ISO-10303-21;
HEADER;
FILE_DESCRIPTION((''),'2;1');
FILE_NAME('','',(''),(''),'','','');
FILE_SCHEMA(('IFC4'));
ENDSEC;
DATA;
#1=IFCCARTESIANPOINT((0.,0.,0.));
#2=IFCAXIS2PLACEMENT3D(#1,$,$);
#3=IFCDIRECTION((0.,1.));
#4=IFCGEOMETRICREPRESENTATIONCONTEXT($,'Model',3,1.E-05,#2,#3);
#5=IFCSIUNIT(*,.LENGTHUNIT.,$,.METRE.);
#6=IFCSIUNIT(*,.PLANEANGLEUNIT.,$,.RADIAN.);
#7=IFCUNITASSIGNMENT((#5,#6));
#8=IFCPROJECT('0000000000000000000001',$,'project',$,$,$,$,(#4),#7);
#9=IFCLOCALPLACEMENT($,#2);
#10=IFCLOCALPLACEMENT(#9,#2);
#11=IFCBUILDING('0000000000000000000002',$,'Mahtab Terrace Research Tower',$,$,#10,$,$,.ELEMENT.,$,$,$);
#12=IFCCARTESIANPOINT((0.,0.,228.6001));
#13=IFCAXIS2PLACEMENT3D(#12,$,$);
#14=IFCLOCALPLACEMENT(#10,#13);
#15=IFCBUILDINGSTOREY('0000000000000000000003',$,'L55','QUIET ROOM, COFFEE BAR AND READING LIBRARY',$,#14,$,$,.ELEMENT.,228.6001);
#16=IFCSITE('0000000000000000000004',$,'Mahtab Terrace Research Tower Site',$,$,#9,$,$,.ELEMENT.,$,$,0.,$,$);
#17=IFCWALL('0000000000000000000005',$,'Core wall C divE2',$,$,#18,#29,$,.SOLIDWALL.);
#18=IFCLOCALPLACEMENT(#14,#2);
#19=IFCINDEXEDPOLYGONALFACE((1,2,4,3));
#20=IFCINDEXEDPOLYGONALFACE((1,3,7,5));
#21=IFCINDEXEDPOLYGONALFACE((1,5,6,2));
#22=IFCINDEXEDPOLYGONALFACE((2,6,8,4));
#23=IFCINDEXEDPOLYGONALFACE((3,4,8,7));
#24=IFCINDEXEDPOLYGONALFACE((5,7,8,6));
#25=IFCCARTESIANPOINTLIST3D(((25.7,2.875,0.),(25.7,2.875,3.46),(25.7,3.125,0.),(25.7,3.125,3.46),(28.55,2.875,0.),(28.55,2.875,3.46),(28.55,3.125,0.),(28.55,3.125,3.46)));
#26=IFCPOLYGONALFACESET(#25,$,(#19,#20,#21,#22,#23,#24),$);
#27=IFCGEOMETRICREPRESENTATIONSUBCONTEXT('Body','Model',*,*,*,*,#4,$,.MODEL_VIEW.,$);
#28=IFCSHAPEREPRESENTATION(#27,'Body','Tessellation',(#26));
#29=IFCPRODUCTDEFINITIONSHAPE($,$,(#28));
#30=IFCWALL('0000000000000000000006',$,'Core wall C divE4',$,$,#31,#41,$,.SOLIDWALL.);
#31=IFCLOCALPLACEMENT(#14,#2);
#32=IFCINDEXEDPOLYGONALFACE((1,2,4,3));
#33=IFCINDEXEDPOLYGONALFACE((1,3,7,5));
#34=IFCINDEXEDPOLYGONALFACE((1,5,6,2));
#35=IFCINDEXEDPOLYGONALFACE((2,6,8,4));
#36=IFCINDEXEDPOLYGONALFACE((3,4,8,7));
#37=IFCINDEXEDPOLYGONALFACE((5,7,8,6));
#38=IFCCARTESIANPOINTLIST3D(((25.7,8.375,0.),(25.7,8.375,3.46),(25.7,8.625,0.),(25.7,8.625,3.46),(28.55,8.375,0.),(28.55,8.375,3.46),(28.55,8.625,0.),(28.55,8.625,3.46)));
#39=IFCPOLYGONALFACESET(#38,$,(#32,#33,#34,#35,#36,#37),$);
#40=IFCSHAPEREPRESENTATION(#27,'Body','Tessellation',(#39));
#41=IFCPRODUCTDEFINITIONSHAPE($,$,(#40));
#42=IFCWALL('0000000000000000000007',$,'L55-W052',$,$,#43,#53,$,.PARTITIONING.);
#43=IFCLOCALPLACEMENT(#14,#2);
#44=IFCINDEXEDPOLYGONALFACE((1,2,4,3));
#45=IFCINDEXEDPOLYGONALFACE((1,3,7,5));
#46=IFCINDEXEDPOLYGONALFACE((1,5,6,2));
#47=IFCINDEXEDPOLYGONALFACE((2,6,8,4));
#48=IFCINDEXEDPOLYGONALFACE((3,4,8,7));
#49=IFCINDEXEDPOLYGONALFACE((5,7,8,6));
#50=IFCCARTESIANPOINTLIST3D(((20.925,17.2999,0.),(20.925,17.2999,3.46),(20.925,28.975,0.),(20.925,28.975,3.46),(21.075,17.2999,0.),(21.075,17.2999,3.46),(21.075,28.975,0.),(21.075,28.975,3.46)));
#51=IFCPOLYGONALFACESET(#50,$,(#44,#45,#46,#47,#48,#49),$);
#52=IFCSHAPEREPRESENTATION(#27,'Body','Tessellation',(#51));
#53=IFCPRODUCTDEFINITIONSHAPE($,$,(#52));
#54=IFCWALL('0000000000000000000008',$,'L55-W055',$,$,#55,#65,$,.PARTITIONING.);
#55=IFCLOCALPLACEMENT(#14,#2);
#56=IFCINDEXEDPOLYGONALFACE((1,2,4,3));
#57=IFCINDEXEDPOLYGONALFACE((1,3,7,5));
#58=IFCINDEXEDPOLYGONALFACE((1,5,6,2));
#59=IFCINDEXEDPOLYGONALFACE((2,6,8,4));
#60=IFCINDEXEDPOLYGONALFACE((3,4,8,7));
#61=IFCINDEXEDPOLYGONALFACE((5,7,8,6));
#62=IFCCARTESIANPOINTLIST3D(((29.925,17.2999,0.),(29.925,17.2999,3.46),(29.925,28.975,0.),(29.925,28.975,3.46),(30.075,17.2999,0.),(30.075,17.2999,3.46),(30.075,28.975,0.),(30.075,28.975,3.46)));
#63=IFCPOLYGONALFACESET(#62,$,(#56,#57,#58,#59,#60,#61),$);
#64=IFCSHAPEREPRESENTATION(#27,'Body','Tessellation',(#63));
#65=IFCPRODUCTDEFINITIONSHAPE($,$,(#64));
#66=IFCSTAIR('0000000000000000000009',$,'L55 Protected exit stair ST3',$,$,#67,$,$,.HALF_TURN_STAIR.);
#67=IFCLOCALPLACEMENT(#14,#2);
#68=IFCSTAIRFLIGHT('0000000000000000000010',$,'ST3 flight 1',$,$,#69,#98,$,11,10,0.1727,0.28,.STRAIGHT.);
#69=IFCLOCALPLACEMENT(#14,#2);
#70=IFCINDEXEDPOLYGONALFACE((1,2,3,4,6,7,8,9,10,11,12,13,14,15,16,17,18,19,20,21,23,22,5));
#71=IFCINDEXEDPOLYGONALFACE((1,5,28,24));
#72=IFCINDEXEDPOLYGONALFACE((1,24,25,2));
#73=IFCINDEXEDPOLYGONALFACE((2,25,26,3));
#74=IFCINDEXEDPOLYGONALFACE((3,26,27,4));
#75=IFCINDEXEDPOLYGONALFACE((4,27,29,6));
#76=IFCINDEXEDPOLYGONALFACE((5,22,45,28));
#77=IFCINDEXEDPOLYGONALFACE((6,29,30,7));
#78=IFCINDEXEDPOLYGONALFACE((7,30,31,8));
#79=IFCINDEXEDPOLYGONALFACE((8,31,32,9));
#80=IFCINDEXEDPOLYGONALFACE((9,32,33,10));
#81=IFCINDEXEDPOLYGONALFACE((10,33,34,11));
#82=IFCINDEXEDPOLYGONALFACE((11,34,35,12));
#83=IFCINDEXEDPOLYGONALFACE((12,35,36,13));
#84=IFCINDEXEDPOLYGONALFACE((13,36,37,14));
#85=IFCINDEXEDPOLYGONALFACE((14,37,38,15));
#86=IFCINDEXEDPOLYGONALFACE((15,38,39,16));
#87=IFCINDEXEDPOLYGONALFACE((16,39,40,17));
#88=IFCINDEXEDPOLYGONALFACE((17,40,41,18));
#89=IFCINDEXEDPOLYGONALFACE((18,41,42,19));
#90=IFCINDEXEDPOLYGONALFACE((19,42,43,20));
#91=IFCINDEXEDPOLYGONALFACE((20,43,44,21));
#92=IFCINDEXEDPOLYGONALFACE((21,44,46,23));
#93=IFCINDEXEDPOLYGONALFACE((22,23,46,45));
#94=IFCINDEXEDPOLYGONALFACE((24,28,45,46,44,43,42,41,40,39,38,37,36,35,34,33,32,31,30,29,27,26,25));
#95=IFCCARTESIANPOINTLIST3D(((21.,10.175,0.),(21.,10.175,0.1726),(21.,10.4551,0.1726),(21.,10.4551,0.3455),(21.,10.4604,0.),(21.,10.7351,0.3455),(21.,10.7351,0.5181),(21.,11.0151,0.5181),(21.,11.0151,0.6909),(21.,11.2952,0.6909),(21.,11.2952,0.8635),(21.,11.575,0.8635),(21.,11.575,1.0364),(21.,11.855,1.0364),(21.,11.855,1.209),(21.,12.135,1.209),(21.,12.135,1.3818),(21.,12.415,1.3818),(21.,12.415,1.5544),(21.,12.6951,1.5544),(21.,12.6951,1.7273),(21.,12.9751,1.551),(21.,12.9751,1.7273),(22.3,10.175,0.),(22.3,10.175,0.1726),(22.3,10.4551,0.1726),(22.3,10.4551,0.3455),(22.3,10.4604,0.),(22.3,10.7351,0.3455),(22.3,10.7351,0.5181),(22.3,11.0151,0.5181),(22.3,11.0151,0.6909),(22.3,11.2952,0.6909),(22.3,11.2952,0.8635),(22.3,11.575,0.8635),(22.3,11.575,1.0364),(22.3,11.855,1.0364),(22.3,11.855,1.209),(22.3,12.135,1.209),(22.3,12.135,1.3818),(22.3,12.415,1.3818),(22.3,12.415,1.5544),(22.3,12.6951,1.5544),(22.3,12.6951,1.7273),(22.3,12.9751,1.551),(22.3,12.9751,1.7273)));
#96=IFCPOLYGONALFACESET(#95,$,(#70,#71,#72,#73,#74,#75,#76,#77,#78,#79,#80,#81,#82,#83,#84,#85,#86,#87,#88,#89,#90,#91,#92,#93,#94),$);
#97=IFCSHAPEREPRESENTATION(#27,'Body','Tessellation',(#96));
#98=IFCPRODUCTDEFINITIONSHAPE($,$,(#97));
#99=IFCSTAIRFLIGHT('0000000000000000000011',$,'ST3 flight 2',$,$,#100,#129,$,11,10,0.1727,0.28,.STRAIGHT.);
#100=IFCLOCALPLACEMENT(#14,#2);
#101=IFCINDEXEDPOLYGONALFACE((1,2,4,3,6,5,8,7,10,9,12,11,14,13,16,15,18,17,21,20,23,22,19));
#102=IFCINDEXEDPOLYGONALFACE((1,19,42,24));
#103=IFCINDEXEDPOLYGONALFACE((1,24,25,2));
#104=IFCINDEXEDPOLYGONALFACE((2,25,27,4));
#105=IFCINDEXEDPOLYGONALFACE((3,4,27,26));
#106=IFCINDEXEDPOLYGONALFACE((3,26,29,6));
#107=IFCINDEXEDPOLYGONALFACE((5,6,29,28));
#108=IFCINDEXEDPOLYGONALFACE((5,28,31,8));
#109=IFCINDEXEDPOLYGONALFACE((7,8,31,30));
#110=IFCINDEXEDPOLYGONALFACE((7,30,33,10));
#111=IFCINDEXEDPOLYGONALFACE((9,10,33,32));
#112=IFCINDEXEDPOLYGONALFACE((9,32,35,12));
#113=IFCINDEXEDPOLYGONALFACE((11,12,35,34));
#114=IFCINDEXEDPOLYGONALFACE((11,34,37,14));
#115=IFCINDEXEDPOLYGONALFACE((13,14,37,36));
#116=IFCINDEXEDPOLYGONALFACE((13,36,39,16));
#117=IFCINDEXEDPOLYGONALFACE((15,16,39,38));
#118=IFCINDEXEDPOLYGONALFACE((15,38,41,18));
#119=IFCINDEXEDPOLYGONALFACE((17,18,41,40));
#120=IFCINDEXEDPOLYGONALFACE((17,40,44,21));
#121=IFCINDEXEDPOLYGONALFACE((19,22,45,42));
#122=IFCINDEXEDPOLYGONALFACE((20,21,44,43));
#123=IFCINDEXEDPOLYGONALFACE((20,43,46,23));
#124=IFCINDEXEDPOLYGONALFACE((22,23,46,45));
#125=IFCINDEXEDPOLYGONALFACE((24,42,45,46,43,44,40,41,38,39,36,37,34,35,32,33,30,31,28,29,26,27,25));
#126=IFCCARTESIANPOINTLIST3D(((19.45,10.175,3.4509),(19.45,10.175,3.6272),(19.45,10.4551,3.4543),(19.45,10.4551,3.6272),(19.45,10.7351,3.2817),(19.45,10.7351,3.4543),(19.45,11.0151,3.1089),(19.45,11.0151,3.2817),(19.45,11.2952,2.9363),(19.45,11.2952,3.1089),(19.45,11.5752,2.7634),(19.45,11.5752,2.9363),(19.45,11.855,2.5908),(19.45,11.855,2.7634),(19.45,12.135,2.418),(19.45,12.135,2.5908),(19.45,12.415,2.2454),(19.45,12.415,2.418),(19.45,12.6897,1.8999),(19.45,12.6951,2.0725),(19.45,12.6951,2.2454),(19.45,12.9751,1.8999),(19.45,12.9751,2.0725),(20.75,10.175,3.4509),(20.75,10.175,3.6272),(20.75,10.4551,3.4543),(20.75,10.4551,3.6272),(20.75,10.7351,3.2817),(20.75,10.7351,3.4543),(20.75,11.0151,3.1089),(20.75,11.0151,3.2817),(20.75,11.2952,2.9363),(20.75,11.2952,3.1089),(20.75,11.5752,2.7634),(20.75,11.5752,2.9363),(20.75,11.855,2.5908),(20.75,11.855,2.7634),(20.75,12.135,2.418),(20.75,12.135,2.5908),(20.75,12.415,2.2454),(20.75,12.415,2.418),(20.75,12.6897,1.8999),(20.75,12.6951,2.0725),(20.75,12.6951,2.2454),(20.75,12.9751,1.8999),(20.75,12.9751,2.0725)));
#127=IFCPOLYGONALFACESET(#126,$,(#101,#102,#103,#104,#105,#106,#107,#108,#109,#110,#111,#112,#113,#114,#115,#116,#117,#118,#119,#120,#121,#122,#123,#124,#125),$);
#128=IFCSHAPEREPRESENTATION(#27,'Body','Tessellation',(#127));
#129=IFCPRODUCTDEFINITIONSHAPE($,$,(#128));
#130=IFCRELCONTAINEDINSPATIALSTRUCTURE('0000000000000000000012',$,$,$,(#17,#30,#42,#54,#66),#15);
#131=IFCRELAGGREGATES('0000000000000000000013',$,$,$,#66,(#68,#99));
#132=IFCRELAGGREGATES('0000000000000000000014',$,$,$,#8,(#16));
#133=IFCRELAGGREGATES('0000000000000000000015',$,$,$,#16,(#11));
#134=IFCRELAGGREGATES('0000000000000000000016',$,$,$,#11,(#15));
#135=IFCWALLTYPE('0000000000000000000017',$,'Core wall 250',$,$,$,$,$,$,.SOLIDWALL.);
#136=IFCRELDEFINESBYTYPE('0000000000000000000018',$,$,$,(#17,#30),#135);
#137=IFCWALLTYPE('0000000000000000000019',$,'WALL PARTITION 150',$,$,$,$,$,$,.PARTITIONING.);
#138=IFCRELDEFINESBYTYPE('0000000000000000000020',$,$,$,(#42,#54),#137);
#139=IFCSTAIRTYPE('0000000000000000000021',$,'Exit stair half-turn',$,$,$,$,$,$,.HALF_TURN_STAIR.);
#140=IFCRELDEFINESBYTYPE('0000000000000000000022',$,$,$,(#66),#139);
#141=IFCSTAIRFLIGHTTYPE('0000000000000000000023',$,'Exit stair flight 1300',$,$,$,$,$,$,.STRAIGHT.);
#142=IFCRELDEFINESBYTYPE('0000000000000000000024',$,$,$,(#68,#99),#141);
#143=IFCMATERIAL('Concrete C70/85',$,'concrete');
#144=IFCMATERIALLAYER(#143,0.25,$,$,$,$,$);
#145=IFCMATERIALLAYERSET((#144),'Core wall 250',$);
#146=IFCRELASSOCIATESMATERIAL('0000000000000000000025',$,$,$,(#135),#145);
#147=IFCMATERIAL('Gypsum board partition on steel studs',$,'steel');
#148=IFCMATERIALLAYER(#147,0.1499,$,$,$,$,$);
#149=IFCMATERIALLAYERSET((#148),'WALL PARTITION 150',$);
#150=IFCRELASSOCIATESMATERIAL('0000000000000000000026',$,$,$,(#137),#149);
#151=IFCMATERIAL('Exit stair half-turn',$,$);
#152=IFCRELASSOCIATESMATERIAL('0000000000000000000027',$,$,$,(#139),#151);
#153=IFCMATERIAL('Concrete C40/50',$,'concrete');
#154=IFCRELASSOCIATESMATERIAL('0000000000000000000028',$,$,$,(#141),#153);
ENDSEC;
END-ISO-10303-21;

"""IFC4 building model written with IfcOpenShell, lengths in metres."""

from ifc_helpers import new_model, si_unit, direction, frame, frame_2d, origin, place, context, subcontext, project, spatial, polyline, rectangle, outline, extrude, material, layer, layer_set, type_object, element, aggregate, save


model = new_model("IFC4")

# Units and contexts
model_context = context("Model", 3, precision=1e-05, world=origin(), true_north=direction((0.0, 1.0)))
body_context = subcontext(model_context, "Body", "Model", "MODEL_VIEW")
ifc_project = project(units=[si_unit("LENGTHUNIT", "METRE"), si_unit("PLANEANGLEUNIT", "RADIAN")], contexts=[model_context])

# Site, building, storey
site_placement = place(None, origin())
site = spatial("IfcSite", under=ifc_project, at=site_placement, Name="Mahtab Terrace Research Tower Site", CompositionType="ELEMENT", RefElevation=0.0)
building_placement = place(site_placement, origin())
building = spatial("IfcBuilding", under=site, at=building_placement, Name="Mahtab Terrace Research Tower", CompositionType="ELEMENT")
storey_placement = place(building_placement, frame((0.0, 0.0, 228.6001)))
storey = spatial("IfcBuildingStorey", under=building, at=storey_placement, Name="L55", Description="QUIET ROOM, COFFEE BAR AND READING LIBRARY", CompositionType="ELEMENT", Elevation=228.6001)

# Shared definitions
ifc_material_1 = material(Name="Concrete C70/85", Category="concrete")

# Shared definitions
ifc_layer_1 = layer(ifc_material_1, 0.25)
ifc_layer_set_1 = layer_set([ifc_layer_1], Name="Core wall 250")
wall_type_1 = type_object("IfcWallType", Name="Core wall 250", PredefinedType="SOLIDWALL", material=ifc_layer_set_1)

# Walls
for number, where, z_axis, x_axis, name in (
    (1, (25.7, 3.0, 0.0), (0.0, 0.0, 1.0), (1.0, 0.0, 0.0), "Core wall C divE2"),
    (2, (25.7, 8.5, 0.0), (0.0, 0.0, 1.0), (1.0, 0.0, 0.0), "Core wall C divE4"),
):
    element("IfcWall", number, at=place(storey_placement, frame(where, z_axis=z_axis, x_axis=x_axis)), inside=storey, type_object=wall_type_1, Name=name, PredefinedType="SOLIDWALL", context=body_context, shape_type="SweptSolid", body=[
        extrude(rectangle(XDim=2.8501, YDim=0.25, at=frame_2d((1.425, 0.0))), origin(), (0.0, 0.0, 1.0), 3.46),
    ])
ifc_material_2 = material(Name="Gypsum board partition on steel studs", Category="steel")
ifc_layer_2 = layer(ifc_material_2, 0.1499)
ifc_layer_set_2 = layer_set([ifc_layer_2], Name="WALL PARTITION 150")
wall_type_2 = type_object("IfcWallType", Name="WALL PARTITION 150", PredefinedType="PARTITIONING", material=ifc_layer_set_2)
for number, where, z_axis, x_axis, name in (
    (3, (21.0, 17.3, 0.0), (0.0, 0.0, 1.0), (0.0, 1.0, 0.0), "L55-W052"),
    (4, (30.0, 17.3, 0.0), (0.0, 0.0, 1.0), (0.0, 1.0, 0.0), "L55-W055"),
):
    element("IfcWall", number, at=place(storey_placement, frame(where, z_axis=z_axis, x_axis=x_axis)), inside=storey, type_object=wall_type_2, Name=name, PredefinedType="PARTITIONING", context=body_context, shape_type="SweptSolid", body=[
        extrude(rectangle(XDim=11.675, YDim=0.1499, at=frame_2d((5.8374, 0.0))), origin(), (0.0, 0.0, 1.0), 3.46),
    ])

# Stair, stair flights
ifc_material_3 = material(Name="Exit stair half-turn")
stair_type = type_object("IfcStairType", Name="Exit stair half-turn", PredefinedType="HALF_TURN_STAIR", material=ifc_material_3)
stair_placement = place(storey_placement, origin())
stair = element("IfcStair", 5, at=stair_placement, inside=storey, type_object=stair_type, Name="L55 Protected exit stair ST3", PredefinedType="HALF_TURN_STAIR")
ifc_material_4 = material(Name="Concrete C40/50", Category="concrete")
stair_flight_type = type_object("IfcStairFlightType", Name="Exit stair flight 1300", PredefinedType="STRAIGHT", material=ifc_material_4)
stair_flight_1_placement = place(storey_placement, frame((21.6499, 10.175, 0.0), z_axis=(0.0, 0.0, 1.0), x_axis=(0.0, 1.0, 0.0)))
stair_flight_1 = element("IfcStairFlight", 6, at=stair_flight_1_placement, type_object=stair_flight_type, Name="ST3 flight 1", NumberOfRisers=11, NumberOfTreads=10, PredefinedType="STRAIGHT", RiserHeight=0.1727, TreadLength=0.28, context=body_context, shape_type="SweptSolid", body=[
    extrude(outline(polyline([(0.0, 0.0), (0.0, 0.1726), (0.28, 0.1726), (0.28, 0.3455), (0.5601, 0.3455), (0.5601, 0.5181), (0.8401, 0.5181), (0.8401, 0.6909), (1.1201, 0.6909), (1.1201, 0.8635), (1.3999, 0.8635), (1.3999, 1.0364), (1.6799, 1.0364), (1.6799, 1.209), (1.96, 1.209), (1.96, 1.3818), (2.24, 1.3818), (2.24, 1.5544), (2.52, 1.5544), (2.52, 1.7273), (2.8, 1.7273), (2.8, 1.8999), (2.8, 1.551), (0.2854, 0.0), (0.0, 0.0)])), frame((0.0, 0.6499, 0.0), z_axis=(0.0, -1.0, 0.0), x_axis=(1.0, 0.0, 0.0)), (0.0, 0.0, 1.0), 1.3),
])
stair_flight_2_placement = place(storey_placement, frame((20.1001, 12.9751, 1.8999), z_axis=(0.0, 0.0, 1.0), x_axis=(0.0, -1.0, 0.0)))
stair_flight_2 = element("IfcStairFlight", 7, at=stair_flight_2_placement, type_object=stair_flight_type, Name="ST3 flight 2", NumberOfRisers=11, NumberOfTreads=10, PredefinedType="STRAIGHT", RiserHeight=0.1727, TreadLength=0.28, context=body_context, shape_type="SweptSolid", body=[
    extrude(outline(polyline([(0.0, 0.0), (0.0, 0.1726), (0.28, 0.1726), (0.28, 0.3455), (0.5601, 0.3455), (0.5601, 0.5181), (0.8401, 0.5181), (0.8401, 0.6909), (1.1201, 0.6909), (1.1201, 0.8635), (1.3999, 0.8635), (1.3999, 1.0364), (1.6799, 1.0364), (1.6799, 1.209), (1.96, 1.209), (1.96, 1.3818), (2.24, 1.3818), (2.24, 1.5544), (2.52, 1.5544), (2.52, 1.7273), (2.8, 1.7273), (2.8, 1.8999), (2.8, 1.551), (0.2854, 0.0), (0.0, 0.0)])), frame((0.0, 0.6499, 0.0), z_axis=(0.0, -1.0, 0.0), x_axis=(1.0, 0.0, 0.0)), (0.0, 0.0, 1.0), 1.3),
])
aggregate(stair, [stair_flight_1, stair_flight_2])

save(model, "model.ifc")
